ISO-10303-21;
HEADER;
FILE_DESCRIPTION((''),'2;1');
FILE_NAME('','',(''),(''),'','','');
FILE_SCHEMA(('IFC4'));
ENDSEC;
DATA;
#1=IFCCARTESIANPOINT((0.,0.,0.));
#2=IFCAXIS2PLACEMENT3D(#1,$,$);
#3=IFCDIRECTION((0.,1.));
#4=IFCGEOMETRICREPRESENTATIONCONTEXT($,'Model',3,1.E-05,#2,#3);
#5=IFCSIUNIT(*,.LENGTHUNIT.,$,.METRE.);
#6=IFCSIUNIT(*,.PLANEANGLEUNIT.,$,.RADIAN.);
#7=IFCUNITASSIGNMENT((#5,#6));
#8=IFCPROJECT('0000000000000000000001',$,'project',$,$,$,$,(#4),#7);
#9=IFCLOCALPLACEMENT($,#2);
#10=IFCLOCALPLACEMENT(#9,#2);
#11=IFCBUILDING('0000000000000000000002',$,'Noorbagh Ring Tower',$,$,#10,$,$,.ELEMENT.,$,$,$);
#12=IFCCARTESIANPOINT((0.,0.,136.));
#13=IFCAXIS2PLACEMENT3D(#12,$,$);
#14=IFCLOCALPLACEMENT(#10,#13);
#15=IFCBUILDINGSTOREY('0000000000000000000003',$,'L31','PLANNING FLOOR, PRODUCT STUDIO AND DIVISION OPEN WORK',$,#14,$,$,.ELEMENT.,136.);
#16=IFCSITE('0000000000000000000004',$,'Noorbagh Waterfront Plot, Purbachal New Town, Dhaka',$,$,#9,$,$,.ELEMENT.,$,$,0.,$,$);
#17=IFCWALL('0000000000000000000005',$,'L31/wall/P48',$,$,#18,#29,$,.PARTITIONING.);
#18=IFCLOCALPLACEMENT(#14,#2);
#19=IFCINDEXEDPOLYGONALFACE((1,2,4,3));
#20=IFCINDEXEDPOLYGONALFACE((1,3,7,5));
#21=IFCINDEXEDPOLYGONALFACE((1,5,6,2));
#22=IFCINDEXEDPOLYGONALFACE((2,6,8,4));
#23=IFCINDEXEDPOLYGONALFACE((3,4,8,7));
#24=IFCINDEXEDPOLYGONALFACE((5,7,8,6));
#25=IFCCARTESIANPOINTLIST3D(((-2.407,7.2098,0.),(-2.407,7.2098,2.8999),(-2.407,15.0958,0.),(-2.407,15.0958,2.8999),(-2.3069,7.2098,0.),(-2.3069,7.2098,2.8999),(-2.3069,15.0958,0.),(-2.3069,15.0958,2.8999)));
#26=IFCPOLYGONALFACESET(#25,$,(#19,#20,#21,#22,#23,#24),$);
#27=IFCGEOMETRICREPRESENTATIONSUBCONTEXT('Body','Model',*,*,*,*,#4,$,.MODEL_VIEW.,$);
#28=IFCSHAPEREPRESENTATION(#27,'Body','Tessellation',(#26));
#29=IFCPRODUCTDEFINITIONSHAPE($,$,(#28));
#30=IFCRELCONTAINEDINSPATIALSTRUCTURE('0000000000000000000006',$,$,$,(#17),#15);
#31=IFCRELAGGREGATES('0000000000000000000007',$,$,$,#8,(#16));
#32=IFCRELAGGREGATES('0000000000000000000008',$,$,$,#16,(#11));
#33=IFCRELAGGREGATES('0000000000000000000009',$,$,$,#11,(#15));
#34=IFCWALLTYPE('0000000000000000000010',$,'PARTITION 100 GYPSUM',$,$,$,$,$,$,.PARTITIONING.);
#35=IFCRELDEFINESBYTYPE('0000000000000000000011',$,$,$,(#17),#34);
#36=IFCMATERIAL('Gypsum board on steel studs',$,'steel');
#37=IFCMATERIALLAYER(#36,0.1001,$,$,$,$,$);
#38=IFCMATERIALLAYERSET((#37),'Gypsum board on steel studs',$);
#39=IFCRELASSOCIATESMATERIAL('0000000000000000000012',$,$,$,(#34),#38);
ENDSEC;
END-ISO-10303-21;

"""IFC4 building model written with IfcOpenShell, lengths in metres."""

from ifc_helpers import new_model, si_unit, direction, frame, frame_2d, origin, place, context, subcontext, project, spatial, rectangle, extrude, material, layer, layer_set, type_object, element, save


model = new_model("IFC4")

# Units and contexts
model_context = context("Model", 3, precision=1e-05, world=origin(), true_north=direction((0.0, 1.0)))
body_context = subcontext(model_context, "Body", "Model", "MODEL_VIEW")
ifc_project = project(units=[si_unit("LENGTHUNIT", "METRE"), si_unit("PLANEANGLEUNIT", "RADIAN")], contexts=[model_context])

# Site, building, storey
site_placement = place(None, origin())
site = spatial("IfcSite", under=ifc_project, at=site_placement, Name="Noorbagh Waterfront Plot, Purbachal New Town, Dhaka", CompositionType="ELEMENT", RefElevation=0.0)
building_placement = place(site_placement, origin())
building = spatial("IfcBuilding", under=site, at=building_placement, Name="Noorbagh Ring Tower", CompositionType="ELEMENT")
storey_placement = place(building_placement, frame((0.0, 0.0, 136.0)))
storey = spatial("IfcBuildingStorey", under=building, at=storey_placement, Name="L31", Description="PLANNING FLOOR, PRODUCT STUDIO AND DIVISION OPEN WORK", CompositionType="ELEMENT", Elevation=136.0)

# Wall
ifc_material_1 = material(Name="Gypsum board on steel studs", Category="steel")
ifc_layer_1 = layer(ifc_material_1, 0.1001)
ifc_layer_set_1 = layer_set([ifc_layer_1], Name="Gypsum board on steel studs")
wall_type_1 = type_object("IfcWallType", Name="PARTITION 100 GYPSUM", PredefinedType="PARTITIONING", material=ifc_layer_set_1)
wall_1_placement = place(storey_placement, frame((-2.3569, 7.21, 0.0), z_axis=(0.0, 0.0, 1.0), x_axis=(0.0, 1.0, 0.0)))
element("IfcWall", 1, at=wall_1_placement, inside=storey, type_object=wall_type_1, Name="L31/wall/P48", PredefinedType="PARTITIONING", context=body_context, shape_type="SweptSolid", body=[
    extrude(rectangle(XDim=7.886, YDim=0.1001, at=frame_2d((3.9429, 0.0))), origin(), (0.0, 0.0, 1.0), 2.8999),
])

save(model, "model.ifc")
